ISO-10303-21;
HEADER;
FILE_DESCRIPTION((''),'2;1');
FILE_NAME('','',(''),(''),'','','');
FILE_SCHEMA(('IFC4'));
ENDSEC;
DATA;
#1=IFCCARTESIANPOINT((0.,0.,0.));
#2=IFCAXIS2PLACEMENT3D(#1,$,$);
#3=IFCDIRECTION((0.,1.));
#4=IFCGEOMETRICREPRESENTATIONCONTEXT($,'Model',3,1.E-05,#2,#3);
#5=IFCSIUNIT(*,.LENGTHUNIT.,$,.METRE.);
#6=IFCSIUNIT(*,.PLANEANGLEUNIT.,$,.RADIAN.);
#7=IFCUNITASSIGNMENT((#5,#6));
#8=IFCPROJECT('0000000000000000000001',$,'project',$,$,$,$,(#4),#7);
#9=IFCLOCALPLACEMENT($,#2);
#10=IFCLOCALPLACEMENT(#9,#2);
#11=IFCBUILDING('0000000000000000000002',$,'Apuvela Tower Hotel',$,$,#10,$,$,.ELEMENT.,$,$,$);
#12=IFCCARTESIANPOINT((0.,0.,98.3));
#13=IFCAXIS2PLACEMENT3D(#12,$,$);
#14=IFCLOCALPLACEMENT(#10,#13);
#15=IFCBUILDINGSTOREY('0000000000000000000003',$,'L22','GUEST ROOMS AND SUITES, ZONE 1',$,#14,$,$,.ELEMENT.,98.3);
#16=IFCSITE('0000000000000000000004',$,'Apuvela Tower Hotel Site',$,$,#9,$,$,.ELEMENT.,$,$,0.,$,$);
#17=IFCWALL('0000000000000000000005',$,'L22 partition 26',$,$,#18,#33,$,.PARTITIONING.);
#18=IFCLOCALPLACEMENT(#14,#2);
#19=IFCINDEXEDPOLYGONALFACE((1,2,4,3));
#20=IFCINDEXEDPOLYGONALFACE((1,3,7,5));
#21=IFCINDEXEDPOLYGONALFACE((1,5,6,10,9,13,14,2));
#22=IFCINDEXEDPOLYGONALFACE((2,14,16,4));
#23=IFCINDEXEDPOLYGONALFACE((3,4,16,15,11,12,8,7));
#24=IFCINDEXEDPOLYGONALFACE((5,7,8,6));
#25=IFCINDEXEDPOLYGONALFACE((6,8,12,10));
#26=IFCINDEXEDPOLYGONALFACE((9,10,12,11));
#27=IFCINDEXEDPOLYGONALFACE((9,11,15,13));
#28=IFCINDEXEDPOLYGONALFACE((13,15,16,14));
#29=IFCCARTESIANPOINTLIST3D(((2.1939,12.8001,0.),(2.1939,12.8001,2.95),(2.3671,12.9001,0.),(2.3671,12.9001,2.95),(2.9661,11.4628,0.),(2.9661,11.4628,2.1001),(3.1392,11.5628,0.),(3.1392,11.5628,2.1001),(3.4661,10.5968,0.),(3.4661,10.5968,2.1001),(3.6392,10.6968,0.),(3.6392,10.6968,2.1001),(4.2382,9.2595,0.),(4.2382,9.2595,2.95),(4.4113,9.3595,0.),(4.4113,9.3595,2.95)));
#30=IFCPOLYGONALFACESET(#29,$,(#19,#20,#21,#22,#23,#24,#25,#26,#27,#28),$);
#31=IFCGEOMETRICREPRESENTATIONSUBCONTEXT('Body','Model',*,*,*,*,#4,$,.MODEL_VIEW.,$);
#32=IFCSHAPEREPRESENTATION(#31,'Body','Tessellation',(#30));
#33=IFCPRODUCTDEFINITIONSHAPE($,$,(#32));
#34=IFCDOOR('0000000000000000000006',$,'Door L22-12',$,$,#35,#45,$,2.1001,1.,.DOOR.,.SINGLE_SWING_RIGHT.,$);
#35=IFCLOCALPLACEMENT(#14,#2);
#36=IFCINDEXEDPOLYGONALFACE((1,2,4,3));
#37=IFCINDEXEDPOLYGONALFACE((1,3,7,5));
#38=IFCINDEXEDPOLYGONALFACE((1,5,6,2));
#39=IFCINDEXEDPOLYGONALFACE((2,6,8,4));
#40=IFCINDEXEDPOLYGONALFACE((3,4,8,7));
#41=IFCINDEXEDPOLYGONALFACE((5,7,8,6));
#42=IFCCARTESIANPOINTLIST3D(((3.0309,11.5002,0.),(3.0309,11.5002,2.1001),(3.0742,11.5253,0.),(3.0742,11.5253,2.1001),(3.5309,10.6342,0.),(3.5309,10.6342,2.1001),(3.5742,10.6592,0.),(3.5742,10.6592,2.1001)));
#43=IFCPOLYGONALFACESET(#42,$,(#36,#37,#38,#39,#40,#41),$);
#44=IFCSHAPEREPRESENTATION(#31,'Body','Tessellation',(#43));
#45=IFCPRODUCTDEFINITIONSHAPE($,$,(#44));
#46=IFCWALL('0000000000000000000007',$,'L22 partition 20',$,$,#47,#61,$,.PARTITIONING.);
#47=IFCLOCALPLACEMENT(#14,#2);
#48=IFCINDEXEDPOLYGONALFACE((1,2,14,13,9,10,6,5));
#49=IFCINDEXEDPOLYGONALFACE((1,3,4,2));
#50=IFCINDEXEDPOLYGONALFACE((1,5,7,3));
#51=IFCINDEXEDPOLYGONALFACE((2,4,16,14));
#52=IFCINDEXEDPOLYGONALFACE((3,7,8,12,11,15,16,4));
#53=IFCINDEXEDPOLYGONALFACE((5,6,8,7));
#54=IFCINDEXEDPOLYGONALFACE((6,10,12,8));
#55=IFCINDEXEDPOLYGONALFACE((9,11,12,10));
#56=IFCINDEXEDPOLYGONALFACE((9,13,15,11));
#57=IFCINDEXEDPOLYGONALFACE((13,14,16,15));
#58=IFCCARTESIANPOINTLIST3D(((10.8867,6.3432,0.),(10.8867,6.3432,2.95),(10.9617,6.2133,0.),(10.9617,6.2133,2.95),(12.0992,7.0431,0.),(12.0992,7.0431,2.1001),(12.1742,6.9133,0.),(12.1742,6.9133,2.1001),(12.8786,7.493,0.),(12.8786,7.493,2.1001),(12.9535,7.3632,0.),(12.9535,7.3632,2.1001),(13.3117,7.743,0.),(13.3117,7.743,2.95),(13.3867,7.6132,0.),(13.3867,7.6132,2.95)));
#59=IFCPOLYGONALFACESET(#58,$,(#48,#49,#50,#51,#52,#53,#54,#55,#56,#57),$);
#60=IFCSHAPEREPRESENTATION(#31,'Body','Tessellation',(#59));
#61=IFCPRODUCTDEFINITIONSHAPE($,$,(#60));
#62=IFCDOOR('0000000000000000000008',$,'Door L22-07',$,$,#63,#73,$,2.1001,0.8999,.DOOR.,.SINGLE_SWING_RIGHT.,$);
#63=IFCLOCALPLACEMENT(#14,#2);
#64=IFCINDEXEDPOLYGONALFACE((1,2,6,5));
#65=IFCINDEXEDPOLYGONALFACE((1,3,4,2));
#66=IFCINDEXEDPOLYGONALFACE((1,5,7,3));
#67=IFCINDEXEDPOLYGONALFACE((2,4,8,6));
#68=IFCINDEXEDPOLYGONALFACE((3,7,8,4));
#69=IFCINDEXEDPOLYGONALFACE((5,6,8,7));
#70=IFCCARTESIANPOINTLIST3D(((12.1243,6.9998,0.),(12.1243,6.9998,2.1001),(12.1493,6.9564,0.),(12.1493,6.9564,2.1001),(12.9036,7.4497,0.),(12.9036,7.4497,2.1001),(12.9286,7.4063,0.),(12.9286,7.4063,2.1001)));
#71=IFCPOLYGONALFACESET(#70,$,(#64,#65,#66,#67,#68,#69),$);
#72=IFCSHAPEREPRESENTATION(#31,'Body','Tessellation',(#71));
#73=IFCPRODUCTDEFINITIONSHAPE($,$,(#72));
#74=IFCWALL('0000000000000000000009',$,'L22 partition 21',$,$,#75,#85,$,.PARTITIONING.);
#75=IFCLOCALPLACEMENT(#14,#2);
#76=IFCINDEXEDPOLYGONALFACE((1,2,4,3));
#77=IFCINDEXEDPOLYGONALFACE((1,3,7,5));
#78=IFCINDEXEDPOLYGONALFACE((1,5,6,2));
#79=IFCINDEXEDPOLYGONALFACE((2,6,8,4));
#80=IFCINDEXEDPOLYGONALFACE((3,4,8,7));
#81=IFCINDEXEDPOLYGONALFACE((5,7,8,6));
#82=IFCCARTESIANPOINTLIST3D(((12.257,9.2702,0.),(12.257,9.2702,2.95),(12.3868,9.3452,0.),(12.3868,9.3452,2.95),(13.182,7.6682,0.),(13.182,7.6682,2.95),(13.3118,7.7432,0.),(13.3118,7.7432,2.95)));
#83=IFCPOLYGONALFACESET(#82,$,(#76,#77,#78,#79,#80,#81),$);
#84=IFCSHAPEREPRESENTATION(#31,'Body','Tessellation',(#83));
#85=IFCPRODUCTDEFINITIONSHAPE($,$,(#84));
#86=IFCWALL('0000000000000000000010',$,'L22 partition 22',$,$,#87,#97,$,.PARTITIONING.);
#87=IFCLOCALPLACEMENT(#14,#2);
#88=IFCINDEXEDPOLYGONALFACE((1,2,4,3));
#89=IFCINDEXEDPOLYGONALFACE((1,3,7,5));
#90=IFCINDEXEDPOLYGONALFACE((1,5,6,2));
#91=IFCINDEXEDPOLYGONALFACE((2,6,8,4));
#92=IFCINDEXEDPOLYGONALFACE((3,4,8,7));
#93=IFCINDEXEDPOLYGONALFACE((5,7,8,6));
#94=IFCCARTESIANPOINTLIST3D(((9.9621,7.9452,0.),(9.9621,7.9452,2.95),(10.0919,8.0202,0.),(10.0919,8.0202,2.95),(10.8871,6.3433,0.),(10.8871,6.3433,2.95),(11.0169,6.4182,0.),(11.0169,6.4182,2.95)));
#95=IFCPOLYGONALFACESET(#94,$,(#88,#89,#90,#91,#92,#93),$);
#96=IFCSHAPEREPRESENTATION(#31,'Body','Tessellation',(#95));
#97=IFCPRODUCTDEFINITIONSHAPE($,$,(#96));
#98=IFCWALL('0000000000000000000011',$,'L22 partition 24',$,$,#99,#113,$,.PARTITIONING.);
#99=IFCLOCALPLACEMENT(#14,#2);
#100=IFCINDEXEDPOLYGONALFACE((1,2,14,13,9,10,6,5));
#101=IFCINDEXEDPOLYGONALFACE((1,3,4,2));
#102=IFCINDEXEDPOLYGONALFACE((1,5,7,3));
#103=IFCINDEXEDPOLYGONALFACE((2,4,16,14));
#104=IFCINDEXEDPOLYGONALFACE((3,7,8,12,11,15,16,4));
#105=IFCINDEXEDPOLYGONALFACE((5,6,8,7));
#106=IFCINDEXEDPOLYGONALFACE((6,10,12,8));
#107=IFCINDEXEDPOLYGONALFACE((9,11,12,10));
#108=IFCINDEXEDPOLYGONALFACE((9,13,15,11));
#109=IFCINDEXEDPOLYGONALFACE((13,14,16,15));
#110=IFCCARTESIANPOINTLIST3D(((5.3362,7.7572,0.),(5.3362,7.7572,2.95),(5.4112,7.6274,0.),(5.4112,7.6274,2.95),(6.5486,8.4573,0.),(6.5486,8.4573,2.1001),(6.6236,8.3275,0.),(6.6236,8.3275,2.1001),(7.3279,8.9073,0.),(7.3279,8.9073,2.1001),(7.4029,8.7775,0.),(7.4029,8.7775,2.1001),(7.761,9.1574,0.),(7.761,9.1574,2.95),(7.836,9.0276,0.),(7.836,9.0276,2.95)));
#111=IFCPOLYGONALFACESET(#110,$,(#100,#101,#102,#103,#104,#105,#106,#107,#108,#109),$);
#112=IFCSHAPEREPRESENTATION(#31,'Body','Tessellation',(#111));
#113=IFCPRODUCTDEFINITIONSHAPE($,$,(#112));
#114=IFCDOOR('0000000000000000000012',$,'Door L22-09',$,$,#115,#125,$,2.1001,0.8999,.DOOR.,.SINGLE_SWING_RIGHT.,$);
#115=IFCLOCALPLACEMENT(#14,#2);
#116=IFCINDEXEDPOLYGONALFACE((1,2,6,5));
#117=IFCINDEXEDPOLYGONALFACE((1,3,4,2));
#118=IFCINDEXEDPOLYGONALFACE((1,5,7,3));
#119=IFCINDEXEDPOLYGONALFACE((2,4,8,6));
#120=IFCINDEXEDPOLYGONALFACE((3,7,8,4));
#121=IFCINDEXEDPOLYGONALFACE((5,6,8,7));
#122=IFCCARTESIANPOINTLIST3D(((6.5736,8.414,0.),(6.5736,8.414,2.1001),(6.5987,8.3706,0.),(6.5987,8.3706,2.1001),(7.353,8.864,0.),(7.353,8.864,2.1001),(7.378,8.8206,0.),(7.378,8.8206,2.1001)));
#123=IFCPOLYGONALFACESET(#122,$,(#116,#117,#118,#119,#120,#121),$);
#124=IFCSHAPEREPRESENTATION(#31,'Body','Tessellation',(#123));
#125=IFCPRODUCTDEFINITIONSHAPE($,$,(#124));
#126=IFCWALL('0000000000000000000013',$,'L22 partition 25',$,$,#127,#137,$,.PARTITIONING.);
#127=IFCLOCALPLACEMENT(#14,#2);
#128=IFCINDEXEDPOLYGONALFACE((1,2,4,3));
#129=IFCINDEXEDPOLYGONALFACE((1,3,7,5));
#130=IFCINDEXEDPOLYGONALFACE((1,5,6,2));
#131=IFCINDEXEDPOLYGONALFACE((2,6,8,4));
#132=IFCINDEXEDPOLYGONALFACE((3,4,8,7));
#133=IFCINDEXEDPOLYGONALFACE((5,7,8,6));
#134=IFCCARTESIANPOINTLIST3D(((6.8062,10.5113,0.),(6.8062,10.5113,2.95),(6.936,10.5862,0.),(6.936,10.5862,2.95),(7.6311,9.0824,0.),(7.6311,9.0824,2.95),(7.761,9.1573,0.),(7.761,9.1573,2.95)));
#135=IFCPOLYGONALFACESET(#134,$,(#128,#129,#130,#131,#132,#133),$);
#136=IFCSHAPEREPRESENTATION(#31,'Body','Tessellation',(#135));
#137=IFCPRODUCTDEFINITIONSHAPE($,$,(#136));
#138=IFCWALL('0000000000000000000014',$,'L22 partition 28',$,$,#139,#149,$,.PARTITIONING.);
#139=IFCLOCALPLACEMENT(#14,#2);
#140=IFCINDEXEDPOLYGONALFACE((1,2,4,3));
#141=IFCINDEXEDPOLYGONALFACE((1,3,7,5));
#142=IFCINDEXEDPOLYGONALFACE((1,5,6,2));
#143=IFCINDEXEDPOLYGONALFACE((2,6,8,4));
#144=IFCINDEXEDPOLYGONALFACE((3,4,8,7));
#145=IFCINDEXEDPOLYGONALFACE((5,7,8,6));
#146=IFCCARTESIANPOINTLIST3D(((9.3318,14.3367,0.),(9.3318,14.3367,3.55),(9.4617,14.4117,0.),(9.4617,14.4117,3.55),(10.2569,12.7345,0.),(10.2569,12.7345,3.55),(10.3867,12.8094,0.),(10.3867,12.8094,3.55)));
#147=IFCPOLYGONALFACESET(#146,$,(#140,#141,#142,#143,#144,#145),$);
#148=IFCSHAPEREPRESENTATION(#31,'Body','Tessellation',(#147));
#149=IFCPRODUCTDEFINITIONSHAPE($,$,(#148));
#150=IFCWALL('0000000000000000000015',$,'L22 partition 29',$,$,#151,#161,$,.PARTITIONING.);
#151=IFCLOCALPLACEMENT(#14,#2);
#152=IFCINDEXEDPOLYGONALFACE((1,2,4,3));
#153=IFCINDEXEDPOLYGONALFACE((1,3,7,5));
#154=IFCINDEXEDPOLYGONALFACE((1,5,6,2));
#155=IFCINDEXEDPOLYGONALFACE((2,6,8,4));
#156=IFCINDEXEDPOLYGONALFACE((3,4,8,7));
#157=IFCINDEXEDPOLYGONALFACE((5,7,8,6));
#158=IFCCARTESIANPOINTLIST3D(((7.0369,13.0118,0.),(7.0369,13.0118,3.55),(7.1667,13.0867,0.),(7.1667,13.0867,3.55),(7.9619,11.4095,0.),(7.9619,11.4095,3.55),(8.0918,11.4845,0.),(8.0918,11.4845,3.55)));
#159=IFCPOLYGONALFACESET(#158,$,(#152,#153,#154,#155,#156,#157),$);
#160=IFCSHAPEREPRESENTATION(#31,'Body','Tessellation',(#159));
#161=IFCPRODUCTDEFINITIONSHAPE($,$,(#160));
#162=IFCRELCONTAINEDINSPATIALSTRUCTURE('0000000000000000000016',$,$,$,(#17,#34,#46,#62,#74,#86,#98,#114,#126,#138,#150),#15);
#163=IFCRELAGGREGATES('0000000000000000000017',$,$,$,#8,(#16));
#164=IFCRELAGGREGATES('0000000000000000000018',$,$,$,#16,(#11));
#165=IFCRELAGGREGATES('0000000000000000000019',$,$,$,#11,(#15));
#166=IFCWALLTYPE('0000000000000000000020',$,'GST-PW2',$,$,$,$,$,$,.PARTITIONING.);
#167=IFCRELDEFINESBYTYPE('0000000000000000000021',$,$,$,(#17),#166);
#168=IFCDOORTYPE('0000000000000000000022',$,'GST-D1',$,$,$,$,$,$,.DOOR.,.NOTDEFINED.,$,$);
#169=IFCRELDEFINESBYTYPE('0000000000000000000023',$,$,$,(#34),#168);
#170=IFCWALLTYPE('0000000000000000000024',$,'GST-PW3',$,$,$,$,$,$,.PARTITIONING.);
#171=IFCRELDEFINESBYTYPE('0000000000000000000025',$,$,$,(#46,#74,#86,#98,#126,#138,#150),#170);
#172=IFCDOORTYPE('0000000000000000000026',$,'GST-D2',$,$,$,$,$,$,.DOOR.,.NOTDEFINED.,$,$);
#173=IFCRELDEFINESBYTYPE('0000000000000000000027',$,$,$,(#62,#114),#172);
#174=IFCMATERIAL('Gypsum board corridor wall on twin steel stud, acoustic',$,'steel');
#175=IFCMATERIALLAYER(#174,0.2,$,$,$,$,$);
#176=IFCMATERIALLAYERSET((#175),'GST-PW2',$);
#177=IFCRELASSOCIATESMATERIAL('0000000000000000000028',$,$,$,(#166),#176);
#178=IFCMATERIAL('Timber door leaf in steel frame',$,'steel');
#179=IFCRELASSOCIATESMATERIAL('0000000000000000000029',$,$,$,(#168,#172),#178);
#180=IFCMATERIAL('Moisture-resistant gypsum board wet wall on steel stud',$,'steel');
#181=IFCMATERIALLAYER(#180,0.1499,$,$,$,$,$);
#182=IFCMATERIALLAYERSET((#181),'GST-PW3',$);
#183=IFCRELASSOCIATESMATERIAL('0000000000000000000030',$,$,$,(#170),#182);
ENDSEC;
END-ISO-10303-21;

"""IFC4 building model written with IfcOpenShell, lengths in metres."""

from ifc_helpers import new_model, si_unit, direction, frame, frame_2d, origin, place, context, subcontext, project, spatial, rectangle, extrude, material, layer, layer_set, type_object, element, fill, save


model = new_model("IFC4")

# Units and contexts
model_context = context("Model", 3, precision=1e-05, world=origin(), true_north=direction((0.0, 1.0)))
body_context = subcontext(model_context, "Body", "Model", "MODEL_VIEW")
ifc_project = project(units=[si_unit("LENGTHUNIT", "METRE"), si_unit("PLANEANGLEUNIT", "RADIAN")], contexts=[model_context])

# Site, building, storey
site_placement = place(None, origin())
site = spatial("IfcSite", under=ifc_project, at=site_placement, Name="Apuvela Tower Hotel Site", CompositionType="ELEMENT", RefElevation=0.0)
building_placement = place(site_placement, origin())
building = spatial("IfcBuilding", under=site, at=building_placement, Name="Apuvela Tower Hotel", CompositionType="ELEMENT")
storey_placement = place(building_placement, frame((0.0, 0.0, 98.3)))
storey = spatial("IfcBuildingStorey", under=building, at=storey_placement, Name="L22", Description="GUEST ROOMS AND SUITES, ZONE 1", CompositionType="ELEMENT", Elevation=98.3)

# Walls, openings, doors
ifc_material_1 = material(Name="Gypsum board corridor wall on twin steel stud, acoustic", Category="steel")
ifc_layer_1 = layer(ifc_material_1, 0.2)
ifc_layer_set_1 = layer_set([ifc_layer_1], Name="GST-PW2")
wall_type_1 = type_object("IfcWallType", Name="GST-PW2", PredefinedType="PARTITIONING", material=ifc_layer_set_1)
ifc_material_2 = material(Name="Timber door leaf in steel frame", Category="steel")
door_type_1 = type_object("IfcDoorType", Name="GST-D1", OperationType="NOTDEFINED", PredefinedType="DOOR", material=ifc_material_2)
wall_1_placement = place(storey_placement, frame((2.2805, 12.8501, 0.0), z_axis=(0.0, 0.0, 1.0), x_axis=(0.500012, -0.866019, 0.0)))
wall_1 = element("IfcWall", 1, at=wall_1_placement, inside=storey, type_object=wall_type_1, Name="L22 partition 26", PredefinedType="PARTITIONING", context=body_context, shape_type="SweptSolid", body=[
    extrude(rectangle(XDim=4.0884, YDim=0.2, at=frame_2d((2.0442, 0.0))), origin(), (0.0, 0.0, 1.0), 2.95),
])
opening_1_placement = place(wall_1_placement, frame((1.5442, 0.0, 0.0)))
opening_1 = element("IfcOpeningElement", 2, at=opening_1_placement, cuts=wall_1, PredefinedType="OPENING", context=body_context, shape_type="SweptSolid", body=[
    extrude(rectangle(XDim=1.0, YDim=2.1001, at=frame_2d((0.5, 1.05))), frame((0.0, 0.1099, 0.0), z_axis=(0.0, -1.0, 0.0), x_axis=(1.0, 0.0, 0.0)), (0.0, 0.0, 1.0), 0.22),
])
door_1_placement = place(opening_1_placement, origin())
door_1 = element("IfcDoor", 3, at=door_1_placement, inside=storey, type_object=door_type_1, Name="Door L22-12", OperationType="SINGLE_SWING_RIGHT", OverallHeight=2.1001, OverallWidth=1.0, PredefinedType="DOOR", context=body_context, shape_type="SweptSolid", body=[
    extrude(rectangle(XDim=1.0, YDim=2.1001, at=frame_2d((0.5, 1.05))), frame((0.0, 0.0249, 0.0), z_axis=(0.0, -1.0, 0.0), x_axis=(1.0, 0.0, 0.0)), (0.0, 0.0, 1.0), 0.05),
])
fill(opening_1, door_1)
ifc_material_3 = material(Name="Moisture-resistant gypsum board wet wall on steel stud", Category="steel")
ifc_layer_2 = layer(ifc_material_3, 0.1499)
ifc_layer_set_2 = layer_set([ifc_layer_2], Name="GST-PW3")
wall_type_2 = type_object("IfcWallType", Name="GST-PW3", PredefinedType="PARTITIONING", material=ifc_layer_set_2)
wall_2_placement = place(storey_placement, frame((10.9243, 6.2783, 0.0), z_axis=(0.0, 0.0, 1.0), x_axis=(0.866056, 0.499946, 0.0)))
wall_2 = element("IfcWall", 4, at=wall_2_placement, inside=storey, type_object=wall_type_2, Name="L22 partition 20", PredefinedType="PARTITIONING", context=body_context, shape_type="SweptSolid", body=[
    extrude(rectangle(XDim=2.8, YDim=0.1499, at=frame_2d((1.3999, 0.0))), origin(), (0.0, 0.0, 1.0), 2.95),
])
opening_2_placement = place(wall_2_placement, frame((1.3999, 0.0, 0.0)))
opening_2 = element("IfcOpeningElement", 5, at=opening_2_placement, cuts=wall_2, PredefinedType="OPENING", context=body_context, shape_type="SweptSolid", body=[
    extrude(rectangle(XDim=0.8999, YDim=2.1001, at=frame_2d((0.45, 1.05))), frame((0.0, 0.085, 0.0), z_axis=(0.0, -1.0, 0.0), x_axis=(1.0, 0.0, 0.0)), (0.0, 0.0, 1.0), 0.1699),
])
door_type_2 = type_object("IfcDoorType", Name="GST-D2", OperationType="NOTDEFINED", PredefinedType="DOOR", material=ifc_material_2)
door_2_placement = place(opening_2_placement, origin())
door_2 = element("IfcDoor", 6, at=door_2_placement, inside=storey, type_object=door_type_2, Name="Door L22-07", OperationType="SINGLE_SWING_RIGHT", OverallHeight=2.1001, OverallWidth=0.8999, PredefinedType="DOOR", context=body_context, shape_type="SweptSolid", body=[
    extrude(rectangle(XDim=0.8999, YDim=2.1001, at=frame_2d((0.45, 1.05))), frame((0.0, 0.0249, 0.0), z_axis=(0.0, -1.0, 0.0), x_axis=(1.0, 0.0, 0.0)), (0.0, 0.0, 1.0), 0.05),
])
fill(opening_2, door_2)

# Walls
for number, where, z_axis, x_axis, name in (
    (7, (13.2468, 7.7058, 0.0), (0.0, 0.0, 1.0), (-0.500042, 0.866001, 0.0), "L22 partition 21"),
    (8, (10.9519, 6.3809, 0.0), (0.0, 0.0, 1.0), (-0.500042, 0.866001, 0.0), "L22 partition 22"),
):
    element("IfcWall", number, at=place(storey_placement, frame(where, z_axis=z_axis, x_axis=x_axis)), inside=storey, type_object=wall_type_2, Name=name, PredefinedType="PARTITIONING", context=body_context, shape_type="SweptSolid", body=[
        extrude(rectangle(XDim=1.8499, YDim=0.1499, at=frame_2d((0.9248, 0.0))), origin(), (0.0, 0.0, 1.0), 2.95),
    ])

# Wall, opening, door
wall_3_placement = place(storey_placement, frame((5.3738, 7.6924, 0.0), z_axis=(0.0, 0.0, 1.0), x_axis=(0.865997, 0.50005, 0.0)))
wall_3 = element("IfcWall", 9, at=wall_3_placement, inside=storey, type_object=wall_type_2, Name="L22 partition 24", PredefinedType="PARTITIONING", context=body_context, shape_type="SweptSolid", body=[
    extrude(rectangle(XDim=2.8, YDim=0.1499, at=frame_2d((1.3999, 0.0))), origin(), (0.0, 0.0, 1.0), 2.95),
])
opening_3_placement = place(wall_3_placement, frame((1.3999, 0.0, 0.0)))
opening_3 = element("IfcOpeningElement", 10, at=opening_3_placement, cuts=wall_3, PredefinedType="OPENING", context=body_context, shape_type="SweptSolid", body=[
    extrude(rectangle(XDim=0.8999, YDim=2.1001, at=frame_2d((0.45, 1.05))), frame((0.0, 0.085, 0.0), z_axis=(0.0, -1.0, 0.0), x_axis=(1.0, 0.0, 0.0)), (0.0, 0.0, 1.0), 0.1699),
])
door_3_placement = place(opening_3_placement, origin())
door_3 = element("IfcDoor", 11, at=door_3_placement, inside=storey, type_object=door_type_2, Name="Door L22-09", OperationType="SINGLE_SWING_RIGHT", OverallHeight=2.1001, OverallWidth=0.8999, PredefinedType="DOOR", context=body_context, shape_type="SweptSolid", body=[
    extrude(rectangle(XDim=0.8999, YDim=2.1001, at=frame_2d((0.45, 1.05))), frame((0.0, 0.0249, 0.0), z_axis=(0.0, -1.0, 0.0), x_axis=(1.0, 0.0, 0.0)), (0.0, 0.0, 1.0), 0.05),
])
fill(opening_3, door_3)

# Walls
wall_4_placement = place(storey_placement, frame((7.696, 9.1199, 0.0), z_axis=(0.0, 0.0, 1.0), x_axis=(-0.499974, 0.86604, 0.0)))
element("IfcWall", 12, at=wall_4_placement, inside=storey, type_object=wall_type_2, Name="L22 partition 25", PredefinedType="PARTITIONING", context=body_context, shape_type="SweptSolid", body=[
    extrude(rectangle(XDim=1.6499, YDim=0.1499, at=frame_2d((0.825, 0.0))), origin(), (0.0, 0.0, 1.0), 2.95),
])
for number, where, z_axis, x_axis, name in (
    (13, (10.3218, 12.772, 0.0), (0.0, 0.0, 1.0), (-0.499985, 0.866034, 0.0), "L22 partition 28"),
    (14, (8.0269, 11.447, 0.0), (0.0, 0.0, 1.0), (-0.499985, 0.866034, 0.0), "L22 partition 29"),
):
    element("IfcWall", number, at=place(storey_placement, frame(where, z_axis=z_axis, x_axis=x_axis)), inside=storey, type_object=wall_type_2, Name=name, PredefinedType="PARTITIONING", context=body_context, shape_type="SweptSolid", body=[
        extrude(rectangle(XDim=1.8501, YDim=0.1499, at=frame_2d((0.925, 0.0))), origin(), (0.0, 0.0, 1.0), 3.55),
    ])

save(model, "model.ifc")
